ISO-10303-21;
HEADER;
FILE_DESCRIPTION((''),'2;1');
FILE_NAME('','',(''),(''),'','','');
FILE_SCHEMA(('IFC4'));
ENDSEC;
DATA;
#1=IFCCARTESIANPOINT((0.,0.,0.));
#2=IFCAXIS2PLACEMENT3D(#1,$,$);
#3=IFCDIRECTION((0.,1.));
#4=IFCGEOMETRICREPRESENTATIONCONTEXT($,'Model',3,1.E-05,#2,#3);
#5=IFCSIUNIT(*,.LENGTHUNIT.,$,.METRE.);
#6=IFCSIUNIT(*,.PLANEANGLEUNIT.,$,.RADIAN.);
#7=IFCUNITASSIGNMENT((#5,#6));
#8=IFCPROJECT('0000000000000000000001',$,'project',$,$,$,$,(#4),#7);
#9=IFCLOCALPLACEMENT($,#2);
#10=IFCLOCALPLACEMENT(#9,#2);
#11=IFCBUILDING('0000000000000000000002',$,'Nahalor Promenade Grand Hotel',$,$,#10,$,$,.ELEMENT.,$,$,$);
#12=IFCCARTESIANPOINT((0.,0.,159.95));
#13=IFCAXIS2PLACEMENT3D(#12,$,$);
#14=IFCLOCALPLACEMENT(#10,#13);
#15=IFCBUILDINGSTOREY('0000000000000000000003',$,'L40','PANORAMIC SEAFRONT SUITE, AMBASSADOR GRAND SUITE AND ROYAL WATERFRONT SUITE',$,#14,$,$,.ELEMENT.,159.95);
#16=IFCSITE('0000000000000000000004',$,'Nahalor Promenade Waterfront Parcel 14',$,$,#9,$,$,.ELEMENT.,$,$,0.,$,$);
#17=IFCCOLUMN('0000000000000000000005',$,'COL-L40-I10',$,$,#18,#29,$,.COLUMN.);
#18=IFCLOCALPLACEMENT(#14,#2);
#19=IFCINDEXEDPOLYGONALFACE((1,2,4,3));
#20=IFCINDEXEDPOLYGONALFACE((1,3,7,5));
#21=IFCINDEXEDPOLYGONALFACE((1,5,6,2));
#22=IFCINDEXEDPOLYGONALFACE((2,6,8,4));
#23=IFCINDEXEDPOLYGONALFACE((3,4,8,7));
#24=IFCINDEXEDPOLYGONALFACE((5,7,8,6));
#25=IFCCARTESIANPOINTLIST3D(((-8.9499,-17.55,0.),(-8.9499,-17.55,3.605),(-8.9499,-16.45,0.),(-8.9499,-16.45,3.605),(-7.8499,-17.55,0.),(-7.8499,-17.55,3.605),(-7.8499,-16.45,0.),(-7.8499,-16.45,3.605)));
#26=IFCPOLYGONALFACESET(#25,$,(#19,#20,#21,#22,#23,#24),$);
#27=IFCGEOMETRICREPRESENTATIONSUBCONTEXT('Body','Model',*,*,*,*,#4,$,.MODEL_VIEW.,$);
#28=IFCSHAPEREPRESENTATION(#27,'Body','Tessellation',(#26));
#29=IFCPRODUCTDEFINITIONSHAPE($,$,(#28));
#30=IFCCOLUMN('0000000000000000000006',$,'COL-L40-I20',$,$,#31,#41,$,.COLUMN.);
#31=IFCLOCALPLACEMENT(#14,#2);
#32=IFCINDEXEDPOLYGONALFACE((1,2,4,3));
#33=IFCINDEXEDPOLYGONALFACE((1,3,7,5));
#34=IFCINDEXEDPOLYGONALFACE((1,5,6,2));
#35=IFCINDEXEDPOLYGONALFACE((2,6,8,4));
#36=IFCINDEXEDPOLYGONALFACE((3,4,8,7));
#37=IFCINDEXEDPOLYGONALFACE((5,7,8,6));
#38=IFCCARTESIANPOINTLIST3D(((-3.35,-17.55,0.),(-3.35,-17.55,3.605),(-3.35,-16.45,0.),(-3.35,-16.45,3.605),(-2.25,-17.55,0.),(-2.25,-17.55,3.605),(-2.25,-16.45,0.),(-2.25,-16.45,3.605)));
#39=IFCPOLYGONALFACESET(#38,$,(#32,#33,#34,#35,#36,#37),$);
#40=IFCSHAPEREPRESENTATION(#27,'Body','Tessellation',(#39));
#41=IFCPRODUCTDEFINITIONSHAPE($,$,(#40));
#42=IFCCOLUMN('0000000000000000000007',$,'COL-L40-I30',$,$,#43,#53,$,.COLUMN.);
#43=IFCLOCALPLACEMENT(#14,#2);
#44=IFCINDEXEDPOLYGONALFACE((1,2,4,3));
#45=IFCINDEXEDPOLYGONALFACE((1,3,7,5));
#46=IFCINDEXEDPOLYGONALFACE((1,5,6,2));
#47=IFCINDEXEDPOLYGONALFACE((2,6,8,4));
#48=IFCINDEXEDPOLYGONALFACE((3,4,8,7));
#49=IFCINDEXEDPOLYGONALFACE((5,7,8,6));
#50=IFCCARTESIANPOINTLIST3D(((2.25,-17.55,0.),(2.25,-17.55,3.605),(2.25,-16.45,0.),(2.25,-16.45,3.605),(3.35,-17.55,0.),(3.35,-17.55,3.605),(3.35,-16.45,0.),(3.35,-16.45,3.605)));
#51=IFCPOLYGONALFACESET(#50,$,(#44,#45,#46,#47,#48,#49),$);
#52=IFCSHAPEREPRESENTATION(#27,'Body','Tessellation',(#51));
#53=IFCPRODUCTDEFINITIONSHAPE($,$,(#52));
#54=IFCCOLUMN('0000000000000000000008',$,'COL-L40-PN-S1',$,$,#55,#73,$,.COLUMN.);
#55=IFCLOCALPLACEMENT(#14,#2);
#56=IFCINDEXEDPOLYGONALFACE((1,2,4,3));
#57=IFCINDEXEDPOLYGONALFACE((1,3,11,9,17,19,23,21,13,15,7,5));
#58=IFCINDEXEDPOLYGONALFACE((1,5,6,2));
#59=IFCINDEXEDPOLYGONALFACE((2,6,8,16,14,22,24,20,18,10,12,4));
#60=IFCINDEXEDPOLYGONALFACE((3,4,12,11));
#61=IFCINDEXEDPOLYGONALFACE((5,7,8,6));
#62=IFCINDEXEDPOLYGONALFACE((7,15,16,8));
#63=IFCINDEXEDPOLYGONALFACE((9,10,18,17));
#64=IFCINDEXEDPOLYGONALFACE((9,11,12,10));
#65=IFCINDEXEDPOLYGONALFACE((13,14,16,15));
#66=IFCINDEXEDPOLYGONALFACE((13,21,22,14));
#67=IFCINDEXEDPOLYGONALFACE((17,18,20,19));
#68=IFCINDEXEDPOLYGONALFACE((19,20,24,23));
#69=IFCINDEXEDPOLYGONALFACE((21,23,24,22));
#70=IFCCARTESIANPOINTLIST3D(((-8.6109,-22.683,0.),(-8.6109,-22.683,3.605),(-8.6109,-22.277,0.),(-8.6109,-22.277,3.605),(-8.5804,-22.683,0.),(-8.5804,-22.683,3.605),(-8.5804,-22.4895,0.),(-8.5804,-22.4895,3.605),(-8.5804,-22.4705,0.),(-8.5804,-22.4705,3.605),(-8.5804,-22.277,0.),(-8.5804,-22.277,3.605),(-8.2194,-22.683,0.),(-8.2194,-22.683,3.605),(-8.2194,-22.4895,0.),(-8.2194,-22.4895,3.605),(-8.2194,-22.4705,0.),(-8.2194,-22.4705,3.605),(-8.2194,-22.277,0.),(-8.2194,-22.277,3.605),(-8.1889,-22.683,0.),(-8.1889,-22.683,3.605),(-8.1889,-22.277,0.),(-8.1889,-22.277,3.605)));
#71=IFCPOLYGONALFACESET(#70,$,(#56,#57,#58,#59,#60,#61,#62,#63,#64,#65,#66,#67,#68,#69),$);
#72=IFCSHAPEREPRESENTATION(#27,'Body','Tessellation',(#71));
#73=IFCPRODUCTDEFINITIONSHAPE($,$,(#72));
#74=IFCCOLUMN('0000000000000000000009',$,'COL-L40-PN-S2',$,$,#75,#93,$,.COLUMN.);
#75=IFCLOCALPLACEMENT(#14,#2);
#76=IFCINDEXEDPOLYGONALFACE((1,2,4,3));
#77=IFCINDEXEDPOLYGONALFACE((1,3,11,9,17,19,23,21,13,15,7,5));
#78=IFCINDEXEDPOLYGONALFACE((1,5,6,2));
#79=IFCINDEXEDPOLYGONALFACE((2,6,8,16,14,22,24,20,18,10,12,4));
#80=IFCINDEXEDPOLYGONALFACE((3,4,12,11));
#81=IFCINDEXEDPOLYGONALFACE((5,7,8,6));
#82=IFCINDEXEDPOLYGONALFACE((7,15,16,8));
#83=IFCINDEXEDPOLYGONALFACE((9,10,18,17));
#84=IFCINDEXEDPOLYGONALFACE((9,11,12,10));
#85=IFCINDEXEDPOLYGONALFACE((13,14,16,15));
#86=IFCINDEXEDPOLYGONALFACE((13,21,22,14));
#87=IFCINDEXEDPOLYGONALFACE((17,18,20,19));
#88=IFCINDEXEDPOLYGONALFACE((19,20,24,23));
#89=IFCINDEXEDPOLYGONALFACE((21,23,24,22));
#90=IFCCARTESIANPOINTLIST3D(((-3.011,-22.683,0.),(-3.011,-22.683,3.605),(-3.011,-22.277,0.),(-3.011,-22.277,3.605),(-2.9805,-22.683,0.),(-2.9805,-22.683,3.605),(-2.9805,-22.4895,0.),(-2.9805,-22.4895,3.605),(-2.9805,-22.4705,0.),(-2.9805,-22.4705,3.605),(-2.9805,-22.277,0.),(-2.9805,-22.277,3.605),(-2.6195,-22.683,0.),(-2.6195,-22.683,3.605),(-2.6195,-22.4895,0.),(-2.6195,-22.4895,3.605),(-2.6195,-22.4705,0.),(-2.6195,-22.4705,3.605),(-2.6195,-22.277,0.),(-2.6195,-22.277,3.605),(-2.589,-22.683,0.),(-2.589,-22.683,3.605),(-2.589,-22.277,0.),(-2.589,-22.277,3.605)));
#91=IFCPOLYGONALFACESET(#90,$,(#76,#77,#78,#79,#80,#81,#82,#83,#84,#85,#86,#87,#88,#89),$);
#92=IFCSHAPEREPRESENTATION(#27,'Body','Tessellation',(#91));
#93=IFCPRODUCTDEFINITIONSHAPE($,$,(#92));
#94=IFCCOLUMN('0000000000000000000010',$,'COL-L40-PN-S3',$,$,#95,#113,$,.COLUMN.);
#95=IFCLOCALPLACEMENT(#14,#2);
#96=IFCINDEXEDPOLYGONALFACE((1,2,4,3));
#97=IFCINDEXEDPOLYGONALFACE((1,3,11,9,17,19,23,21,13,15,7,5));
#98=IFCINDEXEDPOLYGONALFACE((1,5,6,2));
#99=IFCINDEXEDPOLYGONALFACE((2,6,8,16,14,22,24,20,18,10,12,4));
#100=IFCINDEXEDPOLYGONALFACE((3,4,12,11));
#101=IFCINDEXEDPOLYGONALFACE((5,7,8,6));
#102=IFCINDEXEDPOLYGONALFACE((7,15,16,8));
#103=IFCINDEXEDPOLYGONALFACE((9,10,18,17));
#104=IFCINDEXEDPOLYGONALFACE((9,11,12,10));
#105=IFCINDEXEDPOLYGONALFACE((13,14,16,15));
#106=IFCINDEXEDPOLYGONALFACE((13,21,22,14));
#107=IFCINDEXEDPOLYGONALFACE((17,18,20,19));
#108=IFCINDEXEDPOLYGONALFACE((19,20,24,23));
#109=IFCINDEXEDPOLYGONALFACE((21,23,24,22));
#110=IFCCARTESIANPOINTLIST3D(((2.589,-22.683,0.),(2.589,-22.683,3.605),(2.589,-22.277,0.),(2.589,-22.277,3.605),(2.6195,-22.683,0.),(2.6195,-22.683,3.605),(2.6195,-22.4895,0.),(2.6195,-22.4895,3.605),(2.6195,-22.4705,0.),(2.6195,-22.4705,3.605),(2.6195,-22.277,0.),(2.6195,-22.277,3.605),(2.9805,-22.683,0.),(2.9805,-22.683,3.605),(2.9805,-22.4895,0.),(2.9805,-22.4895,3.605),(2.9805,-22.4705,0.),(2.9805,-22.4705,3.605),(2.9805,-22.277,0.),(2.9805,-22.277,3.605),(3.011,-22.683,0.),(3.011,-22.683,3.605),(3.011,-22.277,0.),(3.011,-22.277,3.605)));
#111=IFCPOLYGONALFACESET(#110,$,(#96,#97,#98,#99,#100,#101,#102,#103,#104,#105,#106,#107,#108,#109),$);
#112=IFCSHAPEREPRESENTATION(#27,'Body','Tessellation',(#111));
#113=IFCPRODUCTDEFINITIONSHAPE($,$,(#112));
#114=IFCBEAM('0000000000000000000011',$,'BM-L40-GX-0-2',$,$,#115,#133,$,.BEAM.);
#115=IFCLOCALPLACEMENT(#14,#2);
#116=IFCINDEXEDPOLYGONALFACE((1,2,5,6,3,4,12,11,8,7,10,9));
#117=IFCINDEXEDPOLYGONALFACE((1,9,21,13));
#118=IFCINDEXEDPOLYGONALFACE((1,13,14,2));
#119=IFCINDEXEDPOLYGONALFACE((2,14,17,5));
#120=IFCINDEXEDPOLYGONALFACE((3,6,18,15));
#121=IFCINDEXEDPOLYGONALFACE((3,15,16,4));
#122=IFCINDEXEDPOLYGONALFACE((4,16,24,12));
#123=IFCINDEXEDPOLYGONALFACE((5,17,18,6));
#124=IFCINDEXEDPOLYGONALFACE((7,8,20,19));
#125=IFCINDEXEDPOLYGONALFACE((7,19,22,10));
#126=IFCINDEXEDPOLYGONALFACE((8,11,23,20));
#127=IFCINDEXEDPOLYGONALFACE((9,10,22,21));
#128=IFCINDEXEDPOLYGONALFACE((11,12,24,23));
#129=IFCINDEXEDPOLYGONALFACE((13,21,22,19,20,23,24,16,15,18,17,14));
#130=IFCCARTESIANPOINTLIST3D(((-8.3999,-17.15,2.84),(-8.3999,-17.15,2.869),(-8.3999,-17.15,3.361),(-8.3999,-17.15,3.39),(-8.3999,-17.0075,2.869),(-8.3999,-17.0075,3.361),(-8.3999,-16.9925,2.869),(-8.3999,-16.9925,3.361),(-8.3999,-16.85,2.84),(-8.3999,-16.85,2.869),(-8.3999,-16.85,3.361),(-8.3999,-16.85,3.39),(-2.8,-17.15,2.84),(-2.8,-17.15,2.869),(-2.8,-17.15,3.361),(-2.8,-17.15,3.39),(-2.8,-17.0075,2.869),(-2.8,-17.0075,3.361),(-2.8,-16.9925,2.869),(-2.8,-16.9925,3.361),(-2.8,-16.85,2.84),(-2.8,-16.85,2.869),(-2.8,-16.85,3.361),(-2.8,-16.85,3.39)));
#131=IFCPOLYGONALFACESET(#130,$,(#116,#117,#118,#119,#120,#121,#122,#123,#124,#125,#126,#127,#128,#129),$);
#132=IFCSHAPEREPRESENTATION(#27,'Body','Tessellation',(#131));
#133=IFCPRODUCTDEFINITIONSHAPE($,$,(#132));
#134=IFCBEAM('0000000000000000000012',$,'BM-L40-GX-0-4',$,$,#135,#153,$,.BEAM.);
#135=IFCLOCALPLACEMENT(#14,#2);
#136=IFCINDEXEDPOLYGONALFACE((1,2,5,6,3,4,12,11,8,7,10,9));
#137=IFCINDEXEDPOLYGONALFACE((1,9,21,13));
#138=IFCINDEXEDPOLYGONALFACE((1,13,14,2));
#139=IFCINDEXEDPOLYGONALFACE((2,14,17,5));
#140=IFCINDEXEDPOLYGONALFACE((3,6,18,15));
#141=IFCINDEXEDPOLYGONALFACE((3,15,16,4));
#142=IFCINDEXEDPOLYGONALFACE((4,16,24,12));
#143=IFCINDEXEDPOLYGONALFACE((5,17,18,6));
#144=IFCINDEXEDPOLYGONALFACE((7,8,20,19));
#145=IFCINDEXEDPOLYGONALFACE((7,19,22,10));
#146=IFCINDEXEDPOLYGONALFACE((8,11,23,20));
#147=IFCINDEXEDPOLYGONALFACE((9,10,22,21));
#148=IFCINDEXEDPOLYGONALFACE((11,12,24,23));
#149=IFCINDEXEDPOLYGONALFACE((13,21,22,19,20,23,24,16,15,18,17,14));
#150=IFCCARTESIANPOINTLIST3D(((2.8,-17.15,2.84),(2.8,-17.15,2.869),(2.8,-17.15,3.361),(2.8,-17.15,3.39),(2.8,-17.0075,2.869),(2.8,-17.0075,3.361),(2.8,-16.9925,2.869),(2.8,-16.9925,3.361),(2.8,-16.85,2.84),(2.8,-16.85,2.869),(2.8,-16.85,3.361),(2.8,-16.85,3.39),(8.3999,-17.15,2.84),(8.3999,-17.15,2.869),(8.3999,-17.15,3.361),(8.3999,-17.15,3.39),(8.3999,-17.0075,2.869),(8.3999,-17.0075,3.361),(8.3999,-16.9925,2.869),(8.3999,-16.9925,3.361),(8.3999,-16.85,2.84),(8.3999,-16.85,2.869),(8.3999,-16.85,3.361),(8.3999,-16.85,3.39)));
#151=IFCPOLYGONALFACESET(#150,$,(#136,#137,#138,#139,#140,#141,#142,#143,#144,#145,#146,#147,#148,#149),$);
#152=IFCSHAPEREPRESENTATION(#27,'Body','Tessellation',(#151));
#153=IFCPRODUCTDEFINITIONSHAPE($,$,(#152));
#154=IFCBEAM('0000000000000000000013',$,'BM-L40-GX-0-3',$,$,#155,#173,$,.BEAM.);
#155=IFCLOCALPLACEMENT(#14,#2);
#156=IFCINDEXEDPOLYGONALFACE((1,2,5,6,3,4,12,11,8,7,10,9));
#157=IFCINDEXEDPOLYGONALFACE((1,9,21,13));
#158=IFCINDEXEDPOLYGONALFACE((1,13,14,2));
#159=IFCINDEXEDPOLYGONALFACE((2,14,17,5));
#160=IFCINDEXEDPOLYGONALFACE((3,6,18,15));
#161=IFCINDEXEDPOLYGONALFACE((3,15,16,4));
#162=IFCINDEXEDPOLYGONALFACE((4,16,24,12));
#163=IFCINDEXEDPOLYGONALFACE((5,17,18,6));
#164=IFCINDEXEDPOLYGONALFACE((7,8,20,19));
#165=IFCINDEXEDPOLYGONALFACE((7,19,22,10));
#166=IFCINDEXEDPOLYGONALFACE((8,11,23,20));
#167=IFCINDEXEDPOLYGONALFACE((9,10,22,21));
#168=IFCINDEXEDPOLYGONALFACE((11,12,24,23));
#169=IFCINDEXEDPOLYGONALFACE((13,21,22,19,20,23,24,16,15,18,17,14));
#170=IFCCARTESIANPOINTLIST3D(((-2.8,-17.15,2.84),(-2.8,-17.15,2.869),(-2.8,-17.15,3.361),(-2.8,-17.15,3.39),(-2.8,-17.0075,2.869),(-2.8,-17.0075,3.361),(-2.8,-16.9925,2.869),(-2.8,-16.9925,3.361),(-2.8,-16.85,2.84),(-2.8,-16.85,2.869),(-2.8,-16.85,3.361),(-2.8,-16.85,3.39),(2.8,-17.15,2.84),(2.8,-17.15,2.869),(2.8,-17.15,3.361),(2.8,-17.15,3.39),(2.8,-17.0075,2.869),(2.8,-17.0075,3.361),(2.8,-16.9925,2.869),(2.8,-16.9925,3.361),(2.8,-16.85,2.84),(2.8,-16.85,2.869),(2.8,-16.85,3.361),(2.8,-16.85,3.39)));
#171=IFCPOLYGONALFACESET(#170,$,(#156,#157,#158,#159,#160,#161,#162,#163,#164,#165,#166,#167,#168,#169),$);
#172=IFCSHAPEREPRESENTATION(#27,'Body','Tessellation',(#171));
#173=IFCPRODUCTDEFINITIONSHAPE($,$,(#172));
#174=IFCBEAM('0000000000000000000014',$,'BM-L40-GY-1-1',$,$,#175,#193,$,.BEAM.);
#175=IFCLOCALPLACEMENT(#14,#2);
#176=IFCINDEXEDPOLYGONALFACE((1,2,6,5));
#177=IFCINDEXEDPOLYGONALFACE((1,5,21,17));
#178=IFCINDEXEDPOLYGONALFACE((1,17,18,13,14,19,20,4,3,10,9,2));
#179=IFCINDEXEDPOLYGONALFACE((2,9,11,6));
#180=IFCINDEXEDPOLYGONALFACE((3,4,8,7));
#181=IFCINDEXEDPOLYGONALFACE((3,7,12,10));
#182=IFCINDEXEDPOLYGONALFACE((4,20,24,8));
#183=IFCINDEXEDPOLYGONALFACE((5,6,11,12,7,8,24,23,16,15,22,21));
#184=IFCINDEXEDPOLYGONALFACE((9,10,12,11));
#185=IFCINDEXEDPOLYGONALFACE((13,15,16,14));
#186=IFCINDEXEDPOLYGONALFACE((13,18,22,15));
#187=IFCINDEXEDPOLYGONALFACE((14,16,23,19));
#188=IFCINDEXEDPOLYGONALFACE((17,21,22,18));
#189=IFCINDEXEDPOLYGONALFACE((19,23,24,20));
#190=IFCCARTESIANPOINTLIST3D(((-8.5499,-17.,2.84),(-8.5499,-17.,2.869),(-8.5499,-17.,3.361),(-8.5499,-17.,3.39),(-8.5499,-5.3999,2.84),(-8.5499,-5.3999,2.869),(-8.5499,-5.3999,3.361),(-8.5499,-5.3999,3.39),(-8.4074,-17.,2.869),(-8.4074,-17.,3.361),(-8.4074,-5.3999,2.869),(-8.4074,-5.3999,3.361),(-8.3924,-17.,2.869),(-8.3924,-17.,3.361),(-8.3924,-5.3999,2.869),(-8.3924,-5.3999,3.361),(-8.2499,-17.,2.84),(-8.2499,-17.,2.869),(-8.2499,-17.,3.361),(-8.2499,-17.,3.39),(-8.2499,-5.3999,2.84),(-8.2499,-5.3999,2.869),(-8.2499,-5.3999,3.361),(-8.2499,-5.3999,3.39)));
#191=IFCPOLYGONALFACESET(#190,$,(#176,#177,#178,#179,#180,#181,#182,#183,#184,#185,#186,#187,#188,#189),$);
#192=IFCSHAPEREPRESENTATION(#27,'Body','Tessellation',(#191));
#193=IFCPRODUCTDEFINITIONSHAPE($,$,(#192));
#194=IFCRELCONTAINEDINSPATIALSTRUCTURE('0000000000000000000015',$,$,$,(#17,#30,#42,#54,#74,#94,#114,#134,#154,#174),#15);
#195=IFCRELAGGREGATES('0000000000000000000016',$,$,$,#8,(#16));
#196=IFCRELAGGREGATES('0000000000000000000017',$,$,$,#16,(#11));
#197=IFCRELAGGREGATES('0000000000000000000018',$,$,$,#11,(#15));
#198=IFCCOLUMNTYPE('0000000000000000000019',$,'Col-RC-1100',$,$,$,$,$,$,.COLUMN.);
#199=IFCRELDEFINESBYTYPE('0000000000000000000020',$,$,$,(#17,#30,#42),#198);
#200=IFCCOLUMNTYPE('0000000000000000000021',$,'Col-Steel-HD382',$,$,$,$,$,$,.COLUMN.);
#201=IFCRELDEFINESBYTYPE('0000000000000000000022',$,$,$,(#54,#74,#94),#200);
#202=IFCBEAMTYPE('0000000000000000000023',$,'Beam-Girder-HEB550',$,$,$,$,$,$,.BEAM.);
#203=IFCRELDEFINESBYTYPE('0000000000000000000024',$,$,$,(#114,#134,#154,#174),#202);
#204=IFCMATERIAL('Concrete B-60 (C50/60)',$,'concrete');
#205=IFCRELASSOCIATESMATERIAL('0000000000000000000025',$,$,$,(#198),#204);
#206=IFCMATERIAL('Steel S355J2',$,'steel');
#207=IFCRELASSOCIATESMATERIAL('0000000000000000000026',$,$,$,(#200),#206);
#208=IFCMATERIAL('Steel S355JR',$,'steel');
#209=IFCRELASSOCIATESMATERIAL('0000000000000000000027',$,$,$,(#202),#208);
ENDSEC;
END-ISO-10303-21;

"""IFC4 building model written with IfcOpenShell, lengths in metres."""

from ifc_helpers import new_model, si_unit, direction, frame, origin, origin_2d, place, context, subcontext, project, spatial, rectangle, i_section, extrude, source, transform, mapped, material, material_profile, profile_set, type_object, element, save


model = new_model("IFC4")

# Units and contexts
model_context = context("Model", 3, precision=1e-05, world=origin(), true_north=direction((0.0, 1.0)))
body_context = subcontext(model_context, "Body", "Model", "MODEL_VIEW")
ifc_project = project(units=[si_unit("LENGTHUNIT", "METRE"), si_unit("PLANEANGLEUNIT", "RADIAN")], contexts=[model_context])

# Site, building, storey
site_placement = place(None, origin())
site = spatial("IfcSite", under=ifc_project, at=site_placement, Name="Nahalor Promenade Waterfront Parcel 14", CompositionType="ELEMENT", RefElevation=0.0)
building_placement = place(site_placement, origin())
building = spatial("IfcBuilding", under=site, at=building_placement, Name="Nahalor Promenade Grand Hotel", CompositionType="ELEMENT")
storey_placement = place(building_placement, frame((0.0, 0.0, 159.95)))
storey = spatial("IfcBuildingStorey", under=building, at=storey_placement, Name="L40", Description="PANORAMIC SEAFRONT SUITE, AMBASSADOR GRAND SUITE AND ROYAL WATERFRONT SUITE", CompositionType="ELEMENT", Elevation=159.95)

# Columns
ifc_material_1 = material(Name="Concrete B-60 (C50/60)", Category="concrete")
ifc_material_profile_1 = material_profile(ifc_material_1, rectangle(XDim=1.1, YDim=1.1, at=origin_2d()), Name="RC 1100x1100")
ifc_profile_set_1 = profile_set([ifc_material_profile_1], Name="Concrete B-60 (C50/60)")
column_type_1 = type_object("IfcColumnType", Name="Col-RC-1100", PredefinedType="COLUMN", material=ifc_profile_set_1)
shared_shape_1 = source(origin(), body_context, "Body", "SweptSolid", [
    extrude(rectangle(XDim=1.1, YDim=1.1, at=origin_2d()), origin(), (0.0, 0.0, 1.0), 3.605),
])
for number, where, z_axis, x_axis, name in (
    (1, (-8.3999, -17.0, 0.0), (0.0, 0.0, 1.0), (1.0, 0.0, 0.0), "COL-L40-I10"),
    (2, (-2.8, -17.0, 0.0), (0.0, 0.0, 1.0), (1.0, 0.0, 0.0), "COL-L40-I20"),
    (3, (2.8, -17.0, 0.0), (0.0, 0.0, 1.0), (1.0, 0.0, 0.0), "COL-L40-I30"),
):
    element("IfcColumn", number, at=place(storey_placement, frame(where, z_axis=z_axis, x_axis=x_axis)), inside=storey, type_object=column_type_1, Name=name, PredefinedType="COLUMN", context=body_context, shape_type="MappedRepresentation", body=[
        mapped(shared_shape_1, transform((0.0, 0.0, 0.0), scale=1.0)),
    ])
ifc_material_2 = material(Name="Steel S355J2", Category="steel")
ifc_material_profile_2 = material_profile(ifc_material_2, i_section(OverallWidth=0.406, OverallDepth=0.422, WebThickness=0.019, FlangeThickness=0.0305, at=origin_2d()), Name="HD 400x382")
ifc_profile_set_2 = profile_set([ifc_material_profile_2], Name="Steel S355J2")
column_type_2 = type_object("IfcColumnType", Name="Col-Steel-HD382", PredefinedType="COLUMN", material=ifc_profile_set_2)
shared_shape_2 = source(origin(), body_context, "Body", "SweptSolid", [
    extrude(i_section(OverallWidth=0.406, OverallDepth=0.422, WebThickness=0.019, FlangeThickness=0.0305, at=origin_2d()), origin(), (0.0, 0.0, 1.0), 3.605),
])
for number, where, z_axis, x_axis, name in (
    (4, (-8.3999, -22.48, 0.0), (0.0, 0.0, 1.0), (0.0, 1.0, 0.0), "COL-L40-PN-S1"),
    (5, (-2.8, -22.48, 0.0), (0.0, 0.0, 1.0), (0.0, 1.0, 0.0), "COL-L40-PN-S2"),
    (6, (2.8, -22.48, 0.0), (0.0, 0.0, 1.0), (0.0, 1.0, 0.0), "COL-L40-PN-S3"),
):
    element("IfcColumn", number, at=place(storey_placement, frame(where, z_axis=z_axis, x_axis=x_axis)), inside=storey, type_object=column_type_2, Name=name, PredefinedType="COLUMN", context=body_context, shape_type="MappedRepresentation", body=[
        mapped(shared_shape_2, transform((0.0, 0.0, 0.0), scale=1.0)),
    ])

# Beams
ifc_material_3 = material(Name="Steel S355JR", Category="steel")
ifc_material_profile_3 = material_profile(ifc_material_3, i_section(OverallWidth=0.3, OverallDepth=0.55, WebThickness=0.015, FlangeThickness=0.029, at=origin_2d()), Name="HEB 550")
ifc_profile_set_3 = profile_set([ifc_material_profile_3], Name="Steel S355JR")
beam_type_1 = type_object("IfcBeamType", Name="Beam-Girder-HEB550", PredefinedType="BEAM", material=ifc_profile_set_3)
shared_shape_3 = source(origin(), body_context, "Body", "SweptSolid", [
    extrude(i_section(OverallWidth=0.3, OverallDepth=0.55, WebThickness=0.015, FlangeThickness=0.029, at=origin_2d()), origin(), (0.0, 0.0, 1.0), 5.5999),
])
for number, where, z_axis, x_axis, name in (
    (7, (-8.3999, -17.0, 3.115), (1.0, 0.0, 0.0), (0.0, 1.0, 0.0), "BM-L40-GX-0-2"),
    (8, (2.8, -17.0, 3.115), (1.0, 0.0, 0.0), (0.0, 1.0, 0.0), "BM-L40-GX-0-4"),
):
    element("IfcBeam", number, at=place(storey_placement, frame(where, z_axis=z_axis, x_axis=x_axis)), inside=storey, type_object=beam_type_1, Name=name, PredefinedType="BEAM", context=body_context, shape_type="MappedRepresentation", body=[
        mapped(shared_shape_3, transform((0.0, 0.0, 0.0), scale=1.0)),
    ])
shared_shape_4 = source(origin(), body_context, "Body", "SweptSolid", [
    extrude(i_section(OverallWidth=0.3, OverallDepth=0.55, WebThickness=0.015, FlangeThickness=0.029, at=origin_2d()), origin(), (0.0, 0.0, 1.0), 5.6001),
])
beam_1_placement = place(storey_placement, frame((-2.8, -17.0, 3.115), z_axis=(1.0, 0.0, 0.0), x_axis=(0.0, 1.0, 0.0)))
element("IfcBeam", 9, at=beam_1_placement, inside=storey, type_object=beam_type_1, Name="BM-L40-GX-0-3", PredefinedType="BEAM", context=body_context, shape_type="MappedRepresentation", body=[
    mapped(shared_shape_4, transform((0.0, 0.0, 0.0), scale=1.0)),
])
shared_shape_5 = source(origin(), body_context, "Body", "SweptSolid", [
    extrude(i_section(OverallWidth=0.3, OverallDepth=0.55, WebThickness=0.015, FlangeThickness=0.029, at=origin_2d()), origin(), (0.0, 0.0, 1.0), 11.6001),
])
for number, where, z_axis, x_axis, name in (
    (10, (-8.3999, -17.0, 3.115), (0.0, 1.0, 0.0), (-1.0, 0.0, 0.0), "BM-L40-GY-1-1"),
):
    element("IfcBeam", number, at=place(storey_placement, frame(where, z_axis=z_axis, x_axis=x_axis)), inside=storey, type_object=beam_type_1, Name=name, PredefinedType="BEAM", context=body_context, shape_type="MappedRepresentation", body=[
        mapped(shared_shape_5, transform((0.0, 0.0, 0.0), scale=1.0)),
    ])

save(model, "model.ifc")
